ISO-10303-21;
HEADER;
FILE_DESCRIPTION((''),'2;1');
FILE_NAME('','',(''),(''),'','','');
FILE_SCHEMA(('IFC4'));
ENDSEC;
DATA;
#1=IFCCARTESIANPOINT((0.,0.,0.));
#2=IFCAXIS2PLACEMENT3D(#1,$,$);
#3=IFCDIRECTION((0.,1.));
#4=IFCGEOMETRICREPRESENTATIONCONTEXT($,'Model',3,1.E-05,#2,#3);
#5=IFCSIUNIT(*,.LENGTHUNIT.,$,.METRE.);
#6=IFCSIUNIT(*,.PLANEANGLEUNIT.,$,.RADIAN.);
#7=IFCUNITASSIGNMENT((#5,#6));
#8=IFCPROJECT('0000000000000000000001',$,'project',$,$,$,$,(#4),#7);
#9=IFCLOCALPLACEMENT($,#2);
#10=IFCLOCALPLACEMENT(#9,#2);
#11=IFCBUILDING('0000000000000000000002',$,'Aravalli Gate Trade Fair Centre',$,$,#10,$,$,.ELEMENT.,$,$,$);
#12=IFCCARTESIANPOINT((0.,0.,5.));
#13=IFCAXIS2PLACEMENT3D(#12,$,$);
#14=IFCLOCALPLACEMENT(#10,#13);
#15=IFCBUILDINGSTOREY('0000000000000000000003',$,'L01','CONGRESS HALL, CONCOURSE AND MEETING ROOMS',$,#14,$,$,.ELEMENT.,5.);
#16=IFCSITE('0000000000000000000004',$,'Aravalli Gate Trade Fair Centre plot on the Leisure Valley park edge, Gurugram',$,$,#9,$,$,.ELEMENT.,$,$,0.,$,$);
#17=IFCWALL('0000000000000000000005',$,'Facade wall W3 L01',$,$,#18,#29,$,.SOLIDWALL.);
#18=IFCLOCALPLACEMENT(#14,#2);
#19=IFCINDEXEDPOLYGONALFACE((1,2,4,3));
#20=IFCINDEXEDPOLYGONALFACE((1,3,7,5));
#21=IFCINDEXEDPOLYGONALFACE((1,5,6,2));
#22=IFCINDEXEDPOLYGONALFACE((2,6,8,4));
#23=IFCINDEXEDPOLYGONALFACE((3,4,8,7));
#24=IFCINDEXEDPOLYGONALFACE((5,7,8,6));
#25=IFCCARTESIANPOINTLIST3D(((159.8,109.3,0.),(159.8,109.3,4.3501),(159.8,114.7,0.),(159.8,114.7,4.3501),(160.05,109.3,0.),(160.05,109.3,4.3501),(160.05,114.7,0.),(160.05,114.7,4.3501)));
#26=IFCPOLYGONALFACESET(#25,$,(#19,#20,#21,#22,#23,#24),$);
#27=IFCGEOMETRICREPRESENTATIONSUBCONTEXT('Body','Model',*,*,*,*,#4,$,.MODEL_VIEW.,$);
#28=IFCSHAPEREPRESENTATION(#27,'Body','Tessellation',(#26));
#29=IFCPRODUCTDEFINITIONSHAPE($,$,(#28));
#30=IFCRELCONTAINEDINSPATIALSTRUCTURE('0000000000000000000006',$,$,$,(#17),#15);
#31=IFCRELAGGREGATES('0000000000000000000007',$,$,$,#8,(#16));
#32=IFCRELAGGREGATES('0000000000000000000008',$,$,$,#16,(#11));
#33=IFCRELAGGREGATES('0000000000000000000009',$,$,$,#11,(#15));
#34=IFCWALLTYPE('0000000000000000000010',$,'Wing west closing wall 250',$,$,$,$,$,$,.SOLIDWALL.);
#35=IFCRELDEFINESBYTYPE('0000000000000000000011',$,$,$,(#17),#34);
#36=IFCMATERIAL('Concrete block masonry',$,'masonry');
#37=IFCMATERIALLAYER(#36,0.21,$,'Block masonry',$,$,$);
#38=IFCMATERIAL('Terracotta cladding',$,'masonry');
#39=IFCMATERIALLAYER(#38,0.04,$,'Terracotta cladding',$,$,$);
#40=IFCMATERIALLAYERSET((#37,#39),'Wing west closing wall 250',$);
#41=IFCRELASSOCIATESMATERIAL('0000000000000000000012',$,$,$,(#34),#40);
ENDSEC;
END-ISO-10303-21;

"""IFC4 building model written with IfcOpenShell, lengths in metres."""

from ifc_helpers import new_model, si_unit, direction, frame, frame_2d, origin, place, context, subcontext, project, spatial, rectangle, extrude, material, layer, layer_set, type_object, element, save


model = new_model("IFC4")

# Units and contexts
model_context = context("Model", 3, precision=1e-05, world=origin(), true_north=direction((0.0, 1.0)))
body_context = subcontext(model_context, "Body", "Model", "MODEL_VIEW")
ifc_project = project(units=[si_unit("LENGTHUNIT", "METRE"), si_unit("PLANEANGLEUNIT", "RADIAN")], contexts=[model_context])

# Site, building, storey
site_placement = place(None, origin())
site = spatial("IfcSite", under=ifc_project, at=site_placement, Name="Aravalli Gate Trade Fair Centre plot on the Leisure Valley park edge, Gurugram", CompositionType="ELEMENT", RefElevation=0.0)
building_placement = place(site_placement, origin())
building = spatial("IfcBuilding", under=site, at=building_placement, Name="Aravalli Gate Trade Fair Centre", CompositionType="ELEMENT")
storey_placement = place(building_placement, frame((0.0, 0.0, 5.0)))
storey = spatial("IfcBuildingStorey", under=building, at=storey_placement, Name="L01", Description="CONGRESS HALL, CONCOURSE AND MEETING ROOMS", CompositionType="ELEMENT", Elevation=5.0)

# Wall
ifc_material_1 = material(Name="Concrete block masonry", Category="masonry")
ifc_layer_1 = layer(ifc_material_1, 0.21, Name="Block masonry")
ifc_material_2 = material(Name="Terracotta cladding", Category="masonry")
ifc_layer_2 = layer(ifc_material_2, 0.04, Name="Terracotta cladding")
ifc_layer_set_1 = layer_set([ifc_layer_1, ifc_layer_2], Name="Wing west closing wall 250")
wall_type_1 = type_object("IfcWallType", Name="Wing west closing wall 250", PredefinedType="SOLIDWALL", material=ifc_layer_set_1)
for number, where, z_axis, x_axis, name in (
    (1, (159.925, 109.3, 0.0), (0.0, 0.0, 1.0), (0.0, 1.0, 0.0), "Facade wall W3 L01"),
):
    element("IfcWall", number, at=place(storey_placement, frame(where, z_axis=z_axis, x_axis=x_axis)), inside=storey, type_object=wall_type_1, Name=name, PredefinedType="SOLIDWALL", context=body_context, shape_type="SweptSolid", body=[
        extrude(rectangle(XDim=5.3999, YDim=0.25, at=frame_2d((2.7, 0.0))), origin(), (0.0, 0.0, 1.0), 4.3501),
    ])

save(model, "model.ifc")
